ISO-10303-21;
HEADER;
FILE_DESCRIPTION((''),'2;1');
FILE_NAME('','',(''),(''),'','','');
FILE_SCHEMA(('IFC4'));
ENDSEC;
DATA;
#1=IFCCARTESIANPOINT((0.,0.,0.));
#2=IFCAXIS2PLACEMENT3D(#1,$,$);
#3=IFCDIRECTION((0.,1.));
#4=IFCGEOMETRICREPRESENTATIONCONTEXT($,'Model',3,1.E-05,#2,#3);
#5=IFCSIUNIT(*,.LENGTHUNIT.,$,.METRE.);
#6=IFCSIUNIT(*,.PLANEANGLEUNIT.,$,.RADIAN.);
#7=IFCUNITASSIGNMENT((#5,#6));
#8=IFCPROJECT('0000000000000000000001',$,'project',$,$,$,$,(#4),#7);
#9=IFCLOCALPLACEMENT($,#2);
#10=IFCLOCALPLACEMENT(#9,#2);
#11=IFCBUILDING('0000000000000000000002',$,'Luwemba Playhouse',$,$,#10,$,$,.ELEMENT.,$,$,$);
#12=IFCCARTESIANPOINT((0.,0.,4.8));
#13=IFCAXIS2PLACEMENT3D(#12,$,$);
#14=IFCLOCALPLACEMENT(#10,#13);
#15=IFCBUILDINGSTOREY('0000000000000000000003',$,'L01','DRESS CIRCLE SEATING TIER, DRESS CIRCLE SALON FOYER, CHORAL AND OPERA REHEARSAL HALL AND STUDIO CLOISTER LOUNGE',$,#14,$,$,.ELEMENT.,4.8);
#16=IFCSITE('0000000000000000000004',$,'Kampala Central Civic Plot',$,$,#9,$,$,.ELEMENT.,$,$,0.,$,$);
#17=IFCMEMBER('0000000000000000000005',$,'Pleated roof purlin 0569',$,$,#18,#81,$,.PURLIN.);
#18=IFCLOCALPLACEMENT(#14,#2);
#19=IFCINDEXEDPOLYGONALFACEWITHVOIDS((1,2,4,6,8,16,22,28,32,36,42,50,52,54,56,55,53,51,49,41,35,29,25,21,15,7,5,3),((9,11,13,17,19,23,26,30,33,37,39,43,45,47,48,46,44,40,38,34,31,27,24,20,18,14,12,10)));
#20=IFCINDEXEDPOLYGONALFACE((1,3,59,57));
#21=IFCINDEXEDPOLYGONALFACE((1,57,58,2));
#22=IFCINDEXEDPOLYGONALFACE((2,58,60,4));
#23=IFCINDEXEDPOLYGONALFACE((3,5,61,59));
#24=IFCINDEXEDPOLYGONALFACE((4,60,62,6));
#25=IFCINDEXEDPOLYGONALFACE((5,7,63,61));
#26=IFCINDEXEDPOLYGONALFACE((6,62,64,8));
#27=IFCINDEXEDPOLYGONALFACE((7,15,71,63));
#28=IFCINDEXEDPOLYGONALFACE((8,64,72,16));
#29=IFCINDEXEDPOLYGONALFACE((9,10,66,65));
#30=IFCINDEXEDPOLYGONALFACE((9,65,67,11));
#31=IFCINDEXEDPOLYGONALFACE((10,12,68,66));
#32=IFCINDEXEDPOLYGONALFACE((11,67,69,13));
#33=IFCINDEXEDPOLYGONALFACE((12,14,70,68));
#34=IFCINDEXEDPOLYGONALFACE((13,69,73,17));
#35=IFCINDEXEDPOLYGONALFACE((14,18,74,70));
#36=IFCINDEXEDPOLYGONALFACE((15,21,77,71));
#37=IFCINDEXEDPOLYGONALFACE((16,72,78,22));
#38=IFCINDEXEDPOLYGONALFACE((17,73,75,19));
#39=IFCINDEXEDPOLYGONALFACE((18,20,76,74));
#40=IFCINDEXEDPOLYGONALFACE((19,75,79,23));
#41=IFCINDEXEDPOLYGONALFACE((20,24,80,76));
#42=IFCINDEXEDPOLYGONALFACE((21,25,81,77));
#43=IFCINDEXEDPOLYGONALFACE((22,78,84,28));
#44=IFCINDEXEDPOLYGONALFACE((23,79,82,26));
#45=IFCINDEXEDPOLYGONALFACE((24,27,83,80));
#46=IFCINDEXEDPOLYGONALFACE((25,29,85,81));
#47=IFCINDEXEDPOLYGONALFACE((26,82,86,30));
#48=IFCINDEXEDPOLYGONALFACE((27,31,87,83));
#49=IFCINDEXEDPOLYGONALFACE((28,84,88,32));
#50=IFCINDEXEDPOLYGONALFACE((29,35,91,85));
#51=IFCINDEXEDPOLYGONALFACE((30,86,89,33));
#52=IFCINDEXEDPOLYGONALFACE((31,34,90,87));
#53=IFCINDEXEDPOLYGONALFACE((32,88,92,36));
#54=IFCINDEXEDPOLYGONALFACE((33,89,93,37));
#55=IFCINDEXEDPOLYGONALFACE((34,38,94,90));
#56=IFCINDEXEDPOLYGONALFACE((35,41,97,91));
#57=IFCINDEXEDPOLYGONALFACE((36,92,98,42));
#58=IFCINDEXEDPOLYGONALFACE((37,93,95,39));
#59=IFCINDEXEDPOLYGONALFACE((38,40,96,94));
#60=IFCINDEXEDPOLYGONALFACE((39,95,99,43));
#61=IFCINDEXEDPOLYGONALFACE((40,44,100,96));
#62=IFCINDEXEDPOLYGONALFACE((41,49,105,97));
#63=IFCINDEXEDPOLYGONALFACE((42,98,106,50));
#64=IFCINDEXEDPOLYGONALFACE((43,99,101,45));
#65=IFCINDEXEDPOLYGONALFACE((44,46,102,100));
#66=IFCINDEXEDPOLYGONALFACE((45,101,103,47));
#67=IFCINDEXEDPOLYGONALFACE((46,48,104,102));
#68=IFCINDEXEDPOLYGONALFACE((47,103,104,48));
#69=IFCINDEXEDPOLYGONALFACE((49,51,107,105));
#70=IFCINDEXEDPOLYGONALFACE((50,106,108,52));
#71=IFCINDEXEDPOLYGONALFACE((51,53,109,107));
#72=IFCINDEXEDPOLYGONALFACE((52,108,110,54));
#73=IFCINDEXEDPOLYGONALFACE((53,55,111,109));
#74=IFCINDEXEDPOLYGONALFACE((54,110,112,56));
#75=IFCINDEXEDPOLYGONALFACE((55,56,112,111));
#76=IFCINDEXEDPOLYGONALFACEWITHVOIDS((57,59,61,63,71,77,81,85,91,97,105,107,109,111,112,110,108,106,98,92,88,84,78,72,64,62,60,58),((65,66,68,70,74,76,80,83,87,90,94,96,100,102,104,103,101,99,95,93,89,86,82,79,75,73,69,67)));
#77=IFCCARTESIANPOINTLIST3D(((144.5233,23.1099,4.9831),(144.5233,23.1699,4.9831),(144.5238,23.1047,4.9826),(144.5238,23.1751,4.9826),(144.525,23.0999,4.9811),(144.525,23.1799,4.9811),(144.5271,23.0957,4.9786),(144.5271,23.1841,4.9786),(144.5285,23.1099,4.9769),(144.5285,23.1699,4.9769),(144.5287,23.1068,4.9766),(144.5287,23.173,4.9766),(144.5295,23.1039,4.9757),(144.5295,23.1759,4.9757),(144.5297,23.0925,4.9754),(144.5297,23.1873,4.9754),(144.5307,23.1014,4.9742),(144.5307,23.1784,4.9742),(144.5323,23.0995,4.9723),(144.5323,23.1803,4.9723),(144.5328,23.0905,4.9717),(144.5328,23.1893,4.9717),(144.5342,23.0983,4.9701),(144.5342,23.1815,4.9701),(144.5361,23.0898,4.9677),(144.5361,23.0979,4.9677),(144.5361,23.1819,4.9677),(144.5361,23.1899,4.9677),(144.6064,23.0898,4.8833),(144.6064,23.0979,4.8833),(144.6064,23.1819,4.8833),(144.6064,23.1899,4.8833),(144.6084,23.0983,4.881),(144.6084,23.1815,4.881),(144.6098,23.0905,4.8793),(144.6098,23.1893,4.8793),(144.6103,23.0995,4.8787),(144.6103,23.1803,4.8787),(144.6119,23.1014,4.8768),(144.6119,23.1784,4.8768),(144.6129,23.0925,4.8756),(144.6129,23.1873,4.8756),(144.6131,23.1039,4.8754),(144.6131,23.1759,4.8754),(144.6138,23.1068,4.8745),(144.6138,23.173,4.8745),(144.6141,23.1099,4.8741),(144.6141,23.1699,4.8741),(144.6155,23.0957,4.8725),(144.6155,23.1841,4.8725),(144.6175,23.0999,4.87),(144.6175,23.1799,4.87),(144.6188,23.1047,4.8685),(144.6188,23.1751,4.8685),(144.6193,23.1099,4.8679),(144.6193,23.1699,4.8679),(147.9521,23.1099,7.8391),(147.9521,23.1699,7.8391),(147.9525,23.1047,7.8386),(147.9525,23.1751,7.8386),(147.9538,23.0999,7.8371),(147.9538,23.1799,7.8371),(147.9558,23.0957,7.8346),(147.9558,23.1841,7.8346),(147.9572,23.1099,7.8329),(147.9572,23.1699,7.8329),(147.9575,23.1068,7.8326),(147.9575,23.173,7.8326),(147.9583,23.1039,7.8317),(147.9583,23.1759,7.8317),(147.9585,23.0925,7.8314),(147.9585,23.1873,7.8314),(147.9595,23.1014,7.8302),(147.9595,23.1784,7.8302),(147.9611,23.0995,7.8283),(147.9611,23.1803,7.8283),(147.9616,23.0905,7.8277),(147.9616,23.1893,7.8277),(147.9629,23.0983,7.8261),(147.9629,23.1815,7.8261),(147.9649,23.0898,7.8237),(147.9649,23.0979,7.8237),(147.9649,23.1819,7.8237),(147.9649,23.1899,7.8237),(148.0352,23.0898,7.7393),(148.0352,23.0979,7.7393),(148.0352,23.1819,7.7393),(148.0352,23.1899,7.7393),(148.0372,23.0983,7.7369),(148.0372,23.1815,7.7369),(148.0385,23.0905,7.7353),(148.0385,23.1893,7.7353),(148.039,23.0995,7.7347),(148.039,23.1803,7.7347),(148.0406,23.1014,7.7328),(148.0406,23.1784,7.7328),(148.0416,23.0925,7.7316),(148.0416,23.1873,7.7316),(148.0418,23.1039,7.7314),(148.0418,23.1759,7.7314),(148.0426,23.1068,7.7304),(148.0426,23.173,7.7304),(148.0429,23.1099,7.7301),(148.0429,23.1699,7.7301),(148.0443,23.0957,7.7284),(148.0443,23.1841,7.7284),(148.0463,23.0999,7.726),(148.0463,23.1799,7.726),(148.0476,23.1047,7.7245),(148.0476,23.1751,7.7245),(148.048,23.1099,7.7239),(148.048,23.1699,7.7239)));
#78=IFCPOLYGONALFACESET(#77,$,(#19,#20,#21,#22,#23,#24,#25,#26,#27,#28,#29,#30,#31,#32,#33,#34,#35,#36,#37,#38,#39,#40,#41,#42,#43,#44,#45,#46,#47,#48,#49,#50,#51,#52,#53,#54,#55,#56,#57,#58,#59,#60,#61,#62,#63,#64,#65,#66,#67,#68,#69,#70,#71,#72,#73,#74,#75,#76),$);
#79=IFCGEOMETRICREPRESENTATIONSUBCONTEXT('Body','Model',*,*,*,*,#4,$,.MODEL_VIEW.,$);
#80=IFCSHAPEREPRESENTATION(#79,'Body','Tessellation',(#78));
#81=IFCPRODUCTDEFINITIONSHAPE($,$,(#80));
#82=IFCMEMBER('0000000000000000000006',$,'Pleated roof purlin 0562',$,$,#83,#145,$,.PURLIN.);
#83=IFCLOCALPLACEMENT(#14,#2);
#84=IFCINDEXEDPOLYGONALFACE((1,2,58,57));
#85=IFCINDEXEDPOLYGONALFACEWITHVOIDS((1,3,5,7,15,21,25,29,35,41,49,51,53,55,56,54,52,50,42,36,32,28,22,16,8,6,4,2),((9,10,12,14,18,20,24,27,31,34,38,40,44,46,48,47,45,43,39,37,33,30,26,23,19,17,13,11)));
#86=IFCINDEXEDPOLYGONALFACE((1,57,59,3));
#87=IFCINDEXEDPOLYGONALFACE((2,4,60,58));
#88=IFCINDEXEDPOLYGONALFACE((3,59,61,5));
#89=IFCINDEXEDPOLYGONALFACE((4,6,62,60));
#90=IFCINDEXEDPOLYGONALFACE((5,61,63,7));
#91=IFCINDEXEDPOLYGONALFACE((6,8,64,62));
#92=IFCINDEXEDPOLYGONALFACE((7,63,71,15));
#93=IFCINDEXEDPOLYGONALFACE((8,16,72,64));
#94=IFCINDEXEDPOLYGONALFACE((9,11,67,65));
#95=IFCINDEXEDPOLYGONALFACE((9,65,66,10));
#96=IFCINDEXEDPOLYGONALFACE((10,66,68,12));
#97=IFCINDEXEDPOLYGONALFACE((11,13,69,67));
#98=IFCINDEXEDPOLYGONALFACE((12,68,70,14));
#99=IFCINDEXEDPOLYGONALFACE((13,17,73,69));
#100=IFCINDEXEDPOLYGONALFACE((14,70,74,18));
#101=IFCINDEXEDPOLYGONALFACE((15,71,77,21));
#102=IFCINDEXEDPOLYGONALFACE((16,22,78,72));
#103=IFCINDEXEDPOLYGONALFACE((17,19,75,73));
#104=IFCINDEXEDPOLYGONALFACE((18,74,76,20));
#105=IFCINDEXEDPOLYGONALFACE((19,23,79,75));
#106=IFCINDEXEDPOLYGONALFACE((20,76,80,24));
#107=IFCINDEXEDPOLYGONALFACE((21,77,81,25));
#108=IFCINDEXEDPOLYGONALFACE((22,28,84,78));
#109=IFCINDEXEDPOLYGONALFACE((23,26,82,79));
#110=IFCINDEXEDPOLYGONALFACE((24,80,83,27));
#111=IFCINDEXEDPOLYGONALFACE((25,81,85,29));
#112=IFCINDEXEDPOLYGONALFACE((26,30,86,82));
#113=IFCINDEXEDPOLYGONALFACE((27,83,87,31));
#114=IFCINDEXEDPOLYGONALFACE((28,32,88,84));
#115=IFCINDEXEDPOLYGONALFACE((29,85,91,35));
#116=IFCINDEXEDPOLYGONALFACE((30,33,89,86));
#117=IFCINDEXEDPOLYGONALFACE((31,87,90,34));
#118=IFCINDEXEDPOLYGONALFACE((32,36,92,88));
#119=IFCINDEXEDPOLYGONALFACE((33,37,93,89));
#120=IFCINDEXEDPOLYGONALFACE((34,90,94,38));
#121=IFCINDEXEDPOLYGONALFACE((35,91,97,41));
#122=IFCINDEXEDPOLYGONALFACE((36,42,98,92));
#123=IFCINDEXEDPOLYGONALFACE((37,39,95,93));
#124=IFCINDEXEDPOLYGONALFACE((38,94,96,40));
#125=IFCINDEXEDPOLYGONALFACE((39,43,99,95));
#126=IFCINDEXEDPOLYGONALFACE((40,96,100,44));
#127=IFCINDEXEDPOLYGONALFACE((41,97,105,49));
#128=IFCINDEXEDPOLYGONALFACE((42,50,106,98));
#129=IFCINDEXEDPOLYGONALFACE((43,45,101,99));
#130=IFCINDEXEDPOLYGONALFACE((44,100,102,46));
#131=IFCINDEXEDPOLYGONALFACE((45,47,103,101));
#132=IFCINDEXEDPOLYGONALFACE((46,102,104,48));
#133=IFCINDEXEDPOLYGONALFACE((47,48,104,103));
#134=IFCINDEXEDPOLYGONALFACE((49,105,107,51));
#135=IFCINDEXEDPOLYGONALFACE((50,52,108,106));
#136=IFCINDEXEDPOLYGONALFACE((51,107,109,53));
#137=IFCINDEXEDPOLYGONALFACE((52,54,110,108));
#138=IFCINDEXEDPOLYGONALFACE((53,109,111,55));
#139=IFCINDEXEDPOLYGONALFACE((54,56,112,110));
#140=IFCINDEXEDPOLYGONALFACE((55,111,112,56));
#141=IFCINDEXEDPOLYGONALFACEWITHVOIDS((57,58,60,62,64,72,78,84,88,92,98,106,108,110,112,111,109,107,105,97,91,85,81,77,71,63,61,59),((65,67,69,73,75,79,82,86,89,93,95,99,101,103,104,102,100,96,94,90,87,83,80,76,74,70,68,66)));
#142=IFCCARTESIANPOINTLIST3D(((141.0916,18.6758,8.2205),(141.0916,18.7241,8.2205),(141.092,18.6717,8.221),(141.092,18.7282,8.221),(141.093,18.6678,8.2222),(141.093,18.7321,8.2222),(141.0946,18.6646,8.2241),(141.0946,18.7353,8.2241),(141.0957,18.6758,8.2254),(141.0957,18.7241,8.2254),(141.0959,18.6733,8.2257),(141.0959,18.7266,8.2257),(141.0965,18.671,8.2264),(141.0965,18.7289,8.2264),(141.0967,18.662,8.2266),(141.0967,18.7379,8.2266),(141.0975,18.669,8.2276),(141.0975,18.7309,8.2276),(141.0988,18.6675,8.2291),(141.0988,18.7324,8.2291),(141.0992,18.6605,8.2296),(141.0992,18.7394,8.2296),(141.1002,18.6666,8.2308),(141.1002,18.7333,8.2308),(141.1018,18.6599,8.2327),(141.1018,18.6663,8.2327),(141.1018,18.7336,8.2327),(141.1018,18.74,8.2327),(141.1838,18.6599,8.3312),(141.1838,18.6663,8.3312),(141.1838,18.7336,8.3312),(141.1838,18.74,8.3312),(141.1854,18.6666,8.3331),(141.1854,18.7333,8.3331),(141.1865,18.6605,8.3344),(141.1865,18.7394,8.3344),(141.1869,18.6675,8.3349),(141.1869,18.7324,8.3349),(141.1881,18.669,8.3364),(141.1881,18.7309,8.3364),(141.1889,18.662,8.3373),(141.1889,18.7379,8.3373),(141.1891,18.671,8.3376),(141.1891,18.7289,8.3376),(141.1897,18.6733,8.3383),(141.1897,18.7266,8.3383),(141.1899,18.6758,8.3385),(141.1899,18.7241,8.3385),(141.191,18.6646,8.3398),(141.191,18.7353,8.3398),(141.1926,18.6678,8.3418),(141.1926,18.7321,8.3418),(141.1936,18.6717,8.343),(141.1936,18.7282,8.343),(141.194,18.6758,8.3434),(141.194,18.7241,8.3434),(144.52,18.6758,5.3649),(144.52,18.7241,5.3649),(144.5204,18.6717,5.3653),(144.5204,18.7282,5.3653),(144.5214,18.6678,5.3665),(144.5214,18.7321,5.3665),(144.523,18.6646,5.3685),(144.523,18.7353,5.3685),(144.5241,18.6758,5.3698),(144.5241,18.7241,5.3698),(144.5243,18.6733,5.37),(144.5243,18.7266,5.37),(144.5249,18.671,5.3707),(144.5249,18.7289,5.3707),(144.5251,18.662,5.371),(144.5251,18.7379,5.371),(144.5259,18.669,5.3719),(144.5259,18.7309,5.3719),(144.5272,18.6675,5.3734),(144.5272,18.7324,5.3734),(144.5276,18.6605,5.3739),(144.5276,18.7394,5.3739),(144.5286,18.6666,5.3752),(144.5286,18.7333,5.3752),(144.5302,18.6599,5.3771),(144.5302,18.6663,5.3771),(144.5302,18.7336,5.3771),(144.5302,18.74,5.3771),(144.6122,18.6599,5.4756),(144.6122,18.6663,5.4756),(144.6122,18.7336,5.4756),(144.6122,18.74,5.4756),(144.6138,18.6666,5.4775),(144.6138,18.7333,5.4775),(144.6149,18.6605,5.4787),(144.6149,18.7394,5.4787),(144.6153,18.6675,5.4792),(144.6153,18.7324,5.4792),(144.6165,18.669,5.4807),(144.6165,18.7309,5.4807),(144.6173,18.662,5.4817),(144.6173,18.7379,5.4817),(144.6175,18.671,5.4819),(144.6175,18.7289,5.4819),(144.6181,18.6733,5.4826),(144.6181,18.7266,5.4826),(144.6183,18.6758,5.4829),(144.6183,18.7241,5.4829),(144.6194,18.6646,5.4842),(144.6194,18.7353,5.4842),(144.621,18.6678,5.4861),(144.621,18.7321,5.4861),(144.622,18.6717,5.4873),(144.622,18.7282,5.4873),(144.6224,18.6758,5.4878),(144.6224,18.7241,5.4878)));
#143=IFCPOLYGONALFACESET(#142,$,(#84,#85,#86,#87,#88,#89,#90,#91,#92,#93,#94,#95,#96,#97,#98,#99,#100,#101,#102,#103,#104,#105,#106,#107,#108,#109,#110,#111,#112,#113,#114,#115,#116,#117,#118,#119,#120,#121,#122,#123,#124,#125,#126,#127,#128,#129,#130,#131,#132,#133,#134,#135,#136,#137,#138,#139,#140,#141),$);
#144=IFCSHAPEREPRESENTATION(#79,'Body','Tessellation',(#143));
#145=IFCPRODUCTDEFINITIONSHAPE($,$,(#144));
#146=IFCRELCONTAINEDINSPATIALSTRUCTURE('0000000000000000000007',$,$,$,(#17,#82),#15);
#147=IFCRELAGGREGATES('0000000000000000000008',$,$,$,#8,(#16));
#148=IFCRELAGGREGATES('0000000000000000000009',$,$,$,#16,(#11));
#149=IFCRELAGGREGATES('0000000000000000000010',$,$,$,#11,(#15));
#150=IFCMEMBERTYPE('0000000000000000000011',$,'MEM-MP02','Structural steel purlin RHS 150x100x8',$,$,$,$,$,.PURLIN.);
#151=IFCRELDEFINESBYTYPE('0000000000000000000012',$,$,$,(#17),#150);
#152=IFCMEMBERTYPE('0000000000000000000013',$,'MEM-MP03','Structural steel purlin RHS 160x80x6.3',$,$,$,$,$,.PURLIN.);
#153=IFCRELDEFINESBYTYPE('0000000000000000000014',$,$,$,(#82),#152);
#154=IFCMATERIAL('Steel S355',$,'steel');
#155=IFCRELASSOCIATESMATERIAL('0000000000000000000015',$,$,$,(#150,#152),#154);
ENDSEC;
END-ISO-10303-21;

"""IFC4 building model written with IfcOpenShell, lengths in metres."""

from ifc_helpers import new_model, si_unit, direction, frame, origin, origin_2d, place, context, subcontext, project, spatial, hollow_rectangle, extrude, material, material_profile, profile_set, type_object, element, save


model = new_model("IFC4")

# Units and contexts
model_context = context("Model", 3, precision=1e-05, world=origin(), true_north=direction((0.0, 1.0)))
body_context = subcontext(model_context, "Body", "Model", "MODEL_VIEW")
ifc_project = project(units=[si_unit("LENGTHUNIT", "METRE"), si_unit("PLANEANGLEUNIT", "RADIAN")], contexts=[model_context])

# Site, building, storey
site_placement = place(None, origin())
site = spatial("IfcSite", under=ifc_project, at=site_placement, Name="Kampala Central Civic Plot", CompositionType="ELEMENT", RefElevation=0.0)
building_placement = place(site_placement, origin())
building = spatial("IfcBuilding", under=site, at=building_placement, Name="Luwemba Playhouse", CompositionType="ELEMENT")
storey_placement = place(building_placement, frame((0.0, 0.0, 4.8)))
storey = spatial("IfcBuildingStorey", under=building, at=storey_placement, Name="L01", Description="DRESS CIRCLE SEATING TIER, DRESS CIRCLE SALON FOYER, CHORAL AND OPERA REHEARSAL HALL AND STUDIO CLOISTER LOUNGE", CompositionType="ELEMENT", Elevation=4.8)

# Shared definitions
ifc_material_1 = material(Name="Steel S355", Category="steel")

# Members
ifc_material_profile_1 = material_profile(ifc_material_1, hollow_rectangle(XDim=0.1001, YDim=0.1499, WallThickness=0.0081, InnerFilletRadius=0.012, OuterFilletRadius=0.02, at=origin_2d()))
ifc_profile_set_1 = profile_set([ifc_material_profile_1], Name="Steel S355")
member_type_1 = type_object("IfcMemberType", Name="MEM-MP02", Description="Structural steel purlin RHS 150x100x8", PredefinedType="PURLIN", material=ifc_profile_set_1)
member_1_placement = place(storey_placement, frame((144.5713, 23.1399, 4.9255), z_axis=(0.768365, 0.0, 0.640012), x_axis=(0.0, 1.0, 0.0)))
element("IfcMember", 1, at=member_1_placement, inside=storey, type_object=member_type_1, Name="Pleated roof purlin 0569", PredefinedType="PURLIN", context=body_context, shape_type="SweptSolid", body=[
    extrude(hollow_rectangle(XDim=0.1001, YDim=0.1499, WallThickness=0.0081, InnerFilletRadius=0.012, OuterFilletRadius=0.02, at=origin_2d()), origin(), (0.0, 0.0, 1.0), 4.4624),
])
ifc_material_profile_2 = material_profile(ifc_material_1, hollow_rectangle(XDim=0.0801, YDim=0.1599, WallThickness=0.0063, InnerFilletRadius=0.0095, OuterFilletRadius=0.0159, at=origin_2d()))
ifc_profile_set_2 = profile_set([ifc_material_profile_2], Name="Steel S355")
member_type_2 = type_object("IfcMemberType", Name="MEM-MP03", Description="Structural steel purlin RHS 160x80x6.3", PredefinedType="PURLIN", material=ifc_profile_set_2)
member_2_placement = place(storey_placement, frame((141.1428, 18.7, 8.282), z_axis=(0.768369, 0.0, -0.640007), x_axis=(0.0, 1.0, 0.0)))
element("IfcMember", 2, at=member_2_placement, inside=storey, type_object=member_type_2, Name="Pleated roof purlin 0562", PredefinedType="PURLIN", context=body_context, shape_type="SweptSolid", body=[
    extrude(hollow_rectangle(XDim=0.0801, YDim=0.1599, WallThickness=0.0063, InnerFilletRadius=0.0095, OuterFilletRadius=0.0159, at=origin_2d()), origin(), (0.0, 0.0, 1.0), 4.4619),
])

save(model, "model.ifc")
